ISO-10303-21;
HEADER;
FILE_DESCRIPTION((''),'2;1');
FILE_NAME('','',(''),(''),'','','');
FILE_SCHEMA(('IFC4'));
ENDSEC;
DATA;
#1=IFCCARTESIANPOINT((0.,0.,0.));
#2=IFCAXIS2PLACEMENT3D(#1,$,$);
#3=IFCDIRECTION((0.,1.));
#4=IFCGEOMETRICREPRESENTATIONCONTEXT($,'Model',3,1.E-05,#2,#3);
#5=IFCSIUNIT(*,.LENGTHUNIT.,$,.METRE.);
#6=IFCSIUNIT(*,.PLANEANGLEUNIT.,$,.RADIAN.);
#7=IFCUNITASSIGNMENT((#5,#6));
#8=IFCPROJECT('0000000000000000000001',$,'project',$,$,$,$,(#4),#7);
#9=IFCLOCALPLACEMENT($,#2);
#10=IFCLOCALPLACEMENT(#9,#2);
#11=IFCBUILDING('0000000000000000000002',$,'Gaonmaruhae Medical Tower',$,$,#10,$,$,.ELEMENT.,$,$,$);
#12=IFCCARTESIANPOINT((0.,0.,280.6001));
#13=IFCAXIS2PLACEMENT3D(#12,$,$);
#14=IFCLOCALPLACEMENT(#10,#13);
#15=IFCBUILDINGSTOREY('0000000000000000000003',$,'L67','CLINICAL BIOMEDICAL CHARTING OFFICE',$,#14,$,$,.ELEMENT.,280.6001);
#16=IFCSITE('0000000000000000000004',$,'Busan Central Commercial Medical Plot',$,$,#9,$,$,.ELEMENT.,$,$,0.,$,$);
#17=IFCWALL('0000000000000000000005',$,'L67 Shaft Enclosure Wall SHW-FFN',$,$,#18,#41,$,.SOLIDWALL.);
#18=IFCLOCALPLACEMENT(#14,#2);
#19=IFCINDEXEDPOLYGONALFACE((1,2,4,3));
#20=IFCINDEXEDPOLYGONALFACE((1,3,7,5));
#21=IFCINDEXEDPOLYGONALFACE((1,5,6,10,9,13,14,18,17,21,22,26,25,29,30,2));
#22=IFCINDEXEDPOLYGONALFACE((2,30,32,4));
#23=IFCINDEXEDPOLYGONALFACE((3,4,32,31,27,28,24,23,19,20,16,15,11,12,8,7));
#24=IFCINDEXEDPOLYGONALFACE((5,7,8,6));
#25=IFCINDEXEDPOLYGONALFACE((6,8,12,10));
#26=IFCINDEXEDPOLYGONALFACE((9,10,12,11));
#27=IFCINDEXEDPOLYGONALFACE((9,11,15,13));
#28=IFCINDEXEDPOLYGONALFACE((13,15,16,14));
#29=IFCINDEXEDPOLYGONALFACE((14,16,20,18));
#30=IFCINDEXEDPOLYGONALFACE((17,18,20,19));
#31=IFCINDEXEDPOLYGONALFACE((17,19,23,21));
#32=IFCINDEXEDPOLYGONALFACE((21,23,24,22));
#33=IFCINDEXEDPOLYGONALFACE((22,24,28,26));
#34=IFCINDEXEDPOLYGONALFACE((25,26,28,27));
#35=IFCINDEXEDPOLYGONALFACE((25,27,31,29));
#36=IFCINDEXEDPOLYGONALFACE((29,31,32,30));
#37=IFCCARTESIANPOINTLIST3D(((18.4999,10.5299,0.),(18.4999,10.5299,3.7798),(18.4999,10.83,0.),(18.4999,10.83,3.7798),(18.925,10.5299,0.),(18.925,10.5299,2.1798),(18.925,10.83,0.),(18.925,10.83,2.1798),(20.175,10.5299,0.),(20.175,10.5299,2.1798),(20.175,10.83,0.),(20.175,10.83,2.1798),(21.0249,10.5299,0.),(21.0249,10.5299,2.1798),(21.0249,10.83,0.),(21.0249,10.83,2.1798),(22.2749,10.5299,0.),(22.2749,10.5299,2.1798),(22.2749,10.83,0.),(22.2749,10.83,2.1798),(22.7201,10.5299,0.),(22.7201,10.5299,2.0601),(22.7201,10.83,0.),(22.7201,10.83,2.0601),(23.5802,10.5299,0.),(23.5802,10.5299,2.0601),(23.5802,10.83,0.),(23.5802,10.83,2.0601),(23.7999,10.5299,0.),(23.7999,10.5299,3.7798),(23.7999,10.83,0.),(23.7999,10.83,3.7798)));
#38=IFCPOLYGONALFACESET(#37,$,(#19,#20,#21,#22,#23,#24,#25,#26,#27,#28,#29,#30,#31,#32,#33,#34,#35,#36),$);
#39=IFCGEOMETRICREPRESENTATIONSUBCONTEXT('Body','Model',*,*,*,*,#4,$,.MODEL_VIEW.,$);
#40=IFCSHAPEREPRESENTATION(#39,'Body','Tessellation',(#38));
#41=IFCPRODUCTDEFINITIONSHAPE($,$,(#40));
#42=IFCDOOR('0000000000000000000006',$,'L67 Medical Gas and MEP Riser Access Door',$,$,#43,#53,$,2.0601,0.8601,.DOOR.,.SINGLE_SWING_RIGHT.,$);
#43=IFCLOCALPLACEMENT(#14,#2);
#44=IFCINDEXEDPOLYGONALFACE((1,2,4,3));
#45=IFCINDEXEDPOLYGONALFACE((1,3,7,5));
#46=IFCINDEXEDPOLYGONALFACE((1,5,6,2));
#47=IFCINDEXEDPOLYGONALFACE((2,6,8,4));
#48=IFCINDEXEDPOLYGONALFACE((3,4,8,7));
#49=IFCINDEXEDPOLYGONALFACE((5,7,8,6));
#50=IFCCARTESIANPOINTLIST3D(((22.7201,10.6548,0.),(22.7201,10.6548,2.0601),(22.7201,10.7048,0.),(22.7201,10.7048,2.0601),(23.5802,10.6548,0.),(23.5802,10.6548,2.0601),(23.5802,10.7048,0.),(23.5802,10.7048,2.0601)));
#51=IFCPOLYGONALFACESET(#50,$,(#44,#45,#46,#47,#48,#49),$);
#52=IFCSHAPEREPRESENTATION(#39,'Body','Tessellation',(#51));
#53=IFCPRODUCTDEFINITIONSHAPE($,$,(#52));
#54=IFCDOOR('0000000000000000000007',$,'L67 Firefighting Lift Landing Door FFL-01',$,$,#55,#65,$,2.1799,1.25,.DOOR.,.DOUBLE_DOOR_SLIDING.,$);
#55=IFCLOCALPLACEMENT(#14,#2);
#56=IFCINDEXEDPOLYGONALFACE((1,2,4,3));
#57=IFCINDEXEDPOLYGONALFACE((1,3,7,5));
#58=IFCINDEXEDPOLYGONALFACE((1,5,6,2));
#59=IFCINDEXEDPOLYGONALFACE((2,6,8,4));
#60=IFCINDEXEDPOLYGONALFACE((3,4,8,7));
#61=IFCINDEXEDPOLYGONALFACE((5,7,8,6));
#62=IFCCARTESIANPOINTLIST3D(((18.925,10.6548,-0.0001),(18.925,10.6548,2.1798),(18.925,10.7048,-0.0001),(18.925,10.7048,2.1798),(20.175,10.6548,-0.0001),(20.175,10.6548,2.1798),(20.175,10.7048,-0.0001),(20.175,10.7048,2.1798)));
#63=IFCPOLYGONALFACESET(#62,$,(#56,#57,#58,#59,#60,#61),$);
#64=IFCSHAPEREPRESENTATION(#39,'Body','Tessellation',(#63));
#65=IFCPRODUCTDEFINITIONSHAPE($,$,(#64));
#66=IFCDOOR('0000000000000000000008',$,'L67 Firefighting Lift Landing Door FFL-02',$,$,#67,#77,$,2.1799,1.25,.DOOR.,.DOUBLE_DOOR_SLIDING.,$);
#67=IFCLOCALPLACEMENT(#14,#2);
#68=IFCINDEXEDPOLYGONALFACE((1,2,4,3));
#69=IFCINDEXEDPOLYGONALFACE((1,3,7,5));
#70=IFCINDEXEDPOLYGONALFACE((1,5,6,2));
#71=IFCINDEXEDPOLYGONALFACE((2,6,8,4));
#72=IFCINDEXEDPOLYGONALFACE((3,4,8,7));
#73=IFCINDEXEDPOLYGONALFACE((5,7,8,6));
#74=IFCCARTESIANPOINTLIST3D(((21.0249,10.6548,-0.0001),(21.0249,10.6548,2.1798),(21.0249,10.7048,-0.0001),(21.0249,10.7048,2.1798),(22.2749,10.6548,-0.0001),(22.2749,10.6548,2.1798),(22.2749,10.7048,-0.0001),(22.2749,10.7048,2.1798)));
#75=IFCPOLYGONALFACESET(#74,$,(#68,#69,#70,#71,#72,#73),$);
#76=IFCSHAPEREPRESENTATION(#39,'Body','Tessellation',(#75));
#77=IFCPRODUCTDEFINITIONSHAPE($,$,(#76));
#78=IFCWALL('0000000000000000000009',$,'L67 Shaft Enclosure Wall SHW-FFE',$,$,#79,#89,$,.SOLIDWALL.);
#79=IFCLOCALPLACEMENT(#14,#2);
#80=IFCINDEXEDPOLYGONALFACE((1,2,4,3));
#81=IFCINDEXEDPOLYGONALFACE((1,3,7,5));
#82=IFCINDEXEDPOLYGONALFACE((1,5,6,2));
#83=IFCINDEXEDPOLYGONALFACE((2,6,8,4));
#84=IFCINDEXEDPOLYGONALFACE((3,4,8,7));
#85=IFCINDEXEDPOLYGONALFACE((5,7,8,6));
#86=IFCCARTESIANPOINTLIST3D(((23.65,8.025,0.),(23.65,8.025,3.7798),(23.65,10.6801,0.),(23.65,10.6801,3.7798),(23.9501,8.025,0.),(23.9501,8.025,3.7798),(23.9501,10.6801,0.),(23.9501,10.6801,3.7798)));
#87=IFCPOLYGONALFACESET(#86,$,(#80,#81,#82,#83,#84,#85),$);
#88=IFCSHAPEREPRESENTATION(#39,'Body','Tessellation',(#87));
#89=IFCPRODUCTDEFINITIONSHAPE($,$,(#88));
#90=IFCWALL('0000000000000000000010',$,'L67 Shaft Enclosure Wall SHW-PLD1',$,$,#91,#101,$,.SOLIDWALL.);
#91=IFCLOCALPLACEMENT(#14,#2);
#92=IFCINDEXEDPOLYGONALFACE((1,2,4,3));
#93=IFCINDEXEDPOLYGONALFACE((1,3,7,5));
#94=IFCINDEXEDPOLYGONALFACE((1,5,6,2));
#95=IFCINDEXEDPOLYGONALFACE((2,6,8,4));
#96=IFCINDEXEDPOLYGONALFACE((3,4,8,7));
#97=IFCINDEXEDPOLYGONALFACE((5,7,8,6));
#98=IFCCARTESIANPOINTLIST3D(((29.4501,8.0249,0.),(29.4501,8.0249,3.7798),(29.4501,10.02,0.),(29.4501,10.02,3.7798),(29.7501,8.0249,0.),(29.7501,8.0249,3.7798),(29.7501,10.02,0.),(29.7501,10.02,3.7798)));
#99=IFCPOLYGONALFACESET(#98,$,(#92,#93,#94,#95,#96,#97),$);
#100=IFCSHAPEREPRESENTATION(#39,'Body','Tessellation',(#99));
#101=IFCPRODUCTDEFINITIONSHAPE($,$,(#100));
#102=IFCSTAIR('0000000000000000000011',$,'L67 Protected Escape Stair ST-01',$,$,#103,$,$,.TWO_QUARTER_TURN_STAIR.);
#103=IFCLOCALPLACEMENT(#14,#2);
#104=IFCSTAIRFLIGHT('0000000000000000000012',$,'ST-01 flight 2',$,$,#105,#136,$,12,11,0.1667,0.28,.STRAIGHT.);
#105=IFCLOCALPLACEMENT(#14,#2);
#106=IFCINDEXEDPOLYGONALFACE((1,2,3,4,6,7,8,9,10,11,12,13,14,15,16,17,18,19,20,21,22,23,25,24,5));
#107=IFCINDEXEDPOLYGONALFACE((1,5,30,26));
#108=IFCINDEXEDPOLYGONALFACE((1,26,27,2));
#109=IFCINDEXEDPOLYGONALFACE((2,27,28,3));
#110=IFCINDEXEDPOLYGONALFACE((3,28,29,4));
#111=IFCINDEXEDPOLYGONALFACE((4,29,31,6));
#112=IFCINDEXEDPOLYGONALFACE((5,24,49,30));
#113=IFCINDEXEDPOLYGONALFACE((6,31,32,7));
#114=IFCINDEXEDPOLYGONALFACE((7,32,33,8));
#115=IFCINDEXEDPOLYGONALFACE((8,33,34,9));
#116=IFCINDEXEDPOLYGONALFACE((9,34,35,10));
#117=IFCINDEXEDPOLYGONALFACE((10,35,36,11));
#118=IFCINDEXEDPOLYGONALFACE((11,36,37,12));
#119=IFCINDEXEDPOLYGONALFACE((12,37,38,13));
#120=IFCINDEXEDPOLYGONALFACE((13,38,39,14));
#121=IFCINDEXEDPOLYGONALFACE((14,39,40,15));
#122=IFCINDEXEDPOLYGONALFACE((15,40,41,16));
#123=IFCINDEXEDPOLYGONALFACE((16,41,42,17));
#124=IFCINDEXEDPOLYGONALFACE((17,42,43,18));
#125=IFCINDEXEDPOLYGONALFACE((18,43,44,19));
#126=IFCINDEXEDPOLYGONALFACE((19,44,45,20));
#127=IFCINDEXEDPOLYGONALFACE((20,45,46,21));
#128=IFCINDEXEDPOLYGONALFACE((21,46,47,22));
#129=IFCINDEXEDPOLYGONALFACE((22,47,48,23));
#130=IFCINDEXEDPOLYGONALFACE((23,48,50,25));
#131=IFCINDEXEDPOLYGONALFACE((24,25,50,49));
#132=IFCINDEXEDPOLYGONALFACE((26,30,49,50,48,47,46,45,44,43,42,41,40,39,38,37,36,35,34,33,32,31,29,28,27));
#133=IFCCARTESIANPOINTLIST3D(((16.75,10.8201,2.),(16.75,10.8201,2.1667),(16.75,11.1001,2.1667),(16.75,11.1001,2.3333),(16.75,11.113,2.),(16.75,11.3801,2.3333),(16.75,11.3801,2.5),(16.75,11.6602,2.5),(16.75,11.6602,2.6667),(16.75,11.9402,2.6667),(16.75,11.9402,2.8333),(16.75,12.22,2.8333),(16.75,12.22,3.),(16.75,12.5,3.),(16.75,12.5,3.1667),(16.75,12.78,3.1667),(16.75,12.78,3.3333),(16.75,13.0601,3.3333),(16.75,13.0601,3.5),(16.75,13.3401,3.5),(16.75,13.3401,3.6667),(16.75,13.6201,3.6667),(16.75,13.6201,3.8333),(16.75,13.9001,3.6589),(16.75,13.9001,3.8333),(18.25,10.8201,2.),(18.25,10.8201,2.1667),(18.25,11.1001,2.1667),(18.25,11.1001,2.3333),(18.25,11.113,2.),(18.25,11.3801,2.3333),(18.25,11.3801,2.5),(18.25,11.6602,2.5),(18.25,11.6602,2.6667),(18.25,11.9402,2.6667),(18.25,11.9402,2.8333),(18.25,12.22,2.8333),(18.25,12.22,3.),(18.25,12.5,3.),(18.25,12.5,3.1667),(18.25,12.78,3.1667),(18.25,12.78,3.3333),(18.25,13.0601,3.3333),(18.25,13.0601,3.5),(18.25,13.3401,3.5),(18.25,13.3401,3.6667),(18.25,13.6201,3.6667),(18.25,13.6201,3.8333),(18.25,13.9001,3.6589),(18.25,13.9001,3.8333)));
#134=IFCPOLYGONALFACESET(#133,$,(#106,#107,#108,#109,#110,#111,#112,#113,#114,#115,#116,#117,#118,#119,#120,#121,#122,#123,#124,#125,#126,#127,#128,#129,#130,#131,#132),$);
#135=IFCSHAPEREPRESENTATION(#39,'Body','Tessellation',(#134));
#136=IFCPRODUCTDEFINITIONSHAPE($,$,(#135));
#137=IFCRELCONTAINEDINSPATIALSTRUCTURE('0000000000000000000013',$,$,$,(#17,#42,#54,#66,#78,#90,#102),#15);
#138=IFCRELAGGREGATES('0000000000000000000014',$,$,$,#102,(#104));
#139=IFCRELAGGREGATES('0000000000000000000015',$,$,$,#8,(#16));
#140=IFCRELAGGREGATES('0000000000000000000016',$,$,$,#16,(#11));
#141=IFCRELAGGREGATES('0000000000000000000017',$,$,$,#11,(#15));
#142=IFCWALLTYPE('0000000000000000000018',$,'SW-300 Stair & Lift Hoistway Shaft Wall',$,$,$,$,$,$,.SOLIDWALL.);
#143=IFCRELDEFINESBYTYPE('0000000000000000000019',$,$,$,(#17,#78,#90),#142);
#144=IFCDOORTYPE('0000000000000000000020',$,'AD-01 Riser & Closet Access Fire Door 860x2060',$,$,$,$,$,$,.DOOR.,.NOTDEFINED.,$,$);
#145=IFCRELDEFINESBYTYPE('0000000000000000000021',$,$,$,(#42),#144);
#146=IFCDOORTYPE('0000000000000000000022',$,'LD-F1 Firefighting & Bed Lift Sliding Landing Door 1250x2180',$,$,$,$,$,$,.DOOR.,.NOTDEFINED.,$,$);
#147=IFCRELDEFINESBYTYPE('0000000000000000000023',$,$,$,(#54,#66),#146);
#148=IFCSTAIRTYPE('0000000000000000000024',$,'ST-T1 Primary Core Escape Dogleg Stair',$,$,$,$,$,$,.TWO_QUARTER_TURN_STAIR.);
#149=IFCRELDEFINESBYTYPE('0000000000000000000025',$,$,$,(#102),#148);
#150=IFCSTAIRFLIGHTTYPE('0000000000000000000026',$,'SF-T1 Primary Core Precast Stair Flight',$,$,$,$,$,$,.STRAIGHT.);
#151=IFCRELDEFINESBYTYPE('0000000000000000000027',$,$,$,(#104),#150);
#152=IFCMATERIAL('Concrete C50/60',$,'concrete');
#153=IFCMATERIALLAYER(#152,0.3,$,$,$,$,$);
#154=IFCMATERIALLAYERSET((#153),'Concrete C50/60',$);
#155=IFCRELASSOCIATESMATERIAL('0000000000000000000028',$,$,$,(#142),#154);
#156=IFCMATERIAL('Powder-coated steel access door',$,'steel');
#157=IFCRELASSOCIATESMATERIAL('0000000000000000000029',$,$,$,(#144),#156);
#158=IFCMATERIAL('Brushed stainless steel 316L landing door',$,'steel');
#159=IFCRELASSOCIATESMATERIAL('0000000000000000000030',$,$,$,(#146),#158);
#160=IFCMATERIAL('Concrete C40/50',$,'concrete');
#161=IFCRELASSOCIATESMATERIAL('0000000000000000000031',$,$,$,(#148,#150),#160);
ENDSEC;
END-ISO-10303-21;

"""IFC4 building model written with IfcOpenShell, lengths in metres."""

from ifc_helpers import new_model, si_unit, direction, frame, frame_2d, origin, place, context, subcontext, project, spatial, polyline, rectangle, outline, extrude, material, layer, layer_set, type_object, element, fill, aggregate, save


model = new_model("IFC4")

# Units and contexts
model_context = context("Model", 3, precision=1e-05, world=origin(), true_north=direction((0.0, 1.0)))
body_context = subcontext(model_context, "Body", "Model", "MODEL_VIEW")
ifc_project = project(units=[si_unit("LENGTHUNIT", "METRE"), si_unit("PLANEANGLEUNIT", "RADIAN")], contexts=[model_context])

# Site, building, storey
site_placement = place(None, origin())
site = spatial("IfcSite", under=ifc_project, at=site_placement, Name="Busan Central Commercial Medical Plot", CompositionType="ELEMENT", RefElevation=0.0)
building_placement = place(site_placement, origin())
building = spatial("IfcBuilding", under=site, at=building_placement, Name="Gaonmaruhae Medical Tower", CompositionType="ELEMENT")
storey_placement = place(building_placement, frame((0.0, 0.0, 280.6001)))
storey = spatial("IfcBuildingStorey", under=building, at=storey_placement, Name="L67", Description="CLINICAL BIOMEDICAL CHARTING OFFICE", CompositionType="ELEMENT", Elevation=280.6001)

# Shared definitions
ifc_material_1 = material(Name="Concrete C50/60", Category="concrete")

# Wall, openings, doors
ifc_layer_1 = layer(ifc_material_1, 0.3)
ifc_layer_set_1 = layer_set([ifc_layer_1], Name="Concrete C50/60")
wall_type_1 = type_object("IfcWallType", Name="SW-300 Stair & Lift Hoistway Shaft Wall", PredefinedType="SOLIDWALL", material=ifc_layer_set_1)
wall_1_placement = place(storey_placement, frame((18.5, 10.6799, 0.0), z_axis=(0.0, 0.0, 1.0), x_axis=(1.0, 0.0, 0.0)))
wall_1 = element("IfcWall", 1, at=wall_1_placement, inside=storey, type_object=wall_type_1, Name="L67 Shaft Enclosure Wall SHW-FFN", PredefinedType="SOLIDWALL", context=body_context, shape_type="SweptSolid", body=[
    extrude(rectangle(XDim=5.3, YDim=0.3, at=frame_2d((2.6499, 0.0))), origin(), (0.0, 0.0, 1.0), 3.7798),
])
opening_1_placement = place(wall_1_placement, frame((4.22, 0.0, 0.0)))
opening_1 = element("IfcOpeningElement", 2, at=opening_1_placement, cuts=wall_1, PredefinedType="OPENING", context=body_context, shape_type="SweptSolid", body=[
    extrude(rectangle(XDim=0.8601, YDim=2.0601, at=frame_2d((0.4302, 1.03))), frame((0.0, 0.1602, 0.0), z_axis=(0.0, -1.0, 0.0), x_axis=(1.0, 0.0, 0.0)), (0.0, 0.0, 1.0), 0.3201),
])
opening_2_placement = place(wall_1_placement, frame((0.425, 0.0, 0.0)))
opening_2 = element("IfcOpeningElement", 3, at=opening_2_placement, cuts=wall_1, PredefinedType="OPENING", context=body_context, shape_type="SweptSolid", body=[
    extrude(rectangle(XDim=1.25, YDim=2.1799, at=frame_2d((0.625, 1.0898))), frame((0.0, 0.1602, 0.0), z_axis=(0.0, -1.0, 0.0), x_axis=(1.0, 0.0, 0.0)), (0.0, 0.0, 1.0), 0.3201),
])
opening_3_placement = place(wall_1_placement, frame((2.5249, 0.0, 0.0)))
opening_3 = element("IfcOpeningElement", 4, at=opening_3_placement, cuts=wall_1, PredefinedType="OPENING", context=body_context, shape_type="SweptSolid", body=[
    extrude(rectangle(XDim=1.25, YDim=2.1799, at=frame_2d((0.625, 1.0898))), frame((0.0, 0.1602, 0.0), z_axis=(0.0, -1.0, 0.0), x_axis=(1.0, 0.0, 0.0)), (0.0, 0.0, 1.0), 0.3201),
])
ifc_material_2 = material(Name="Powder-coated steel access door", Category="steel")
door_type_1 = type_object("IfcDoorType", Name="AD-01 Riser & Closet Access Fire Door 860x2060", OperationType="NOTDEFINED", PredefinedType="DOOR", material=ifc_material_2)
door_1_placement = place(opening_1_placement, origin())
door_1 = element("IfcDoor", 5, at=door_1_placement, inside=storey, type_object=door_type_1, Name="L67 Medical Gas and MEP Riser Access Door", OperationType="SINGLE_SWING_RIGHT", OverallHeight=2.0601, OverallWidth=0.8601, PredefinedType="DOOR", context=body_context, shape_type="SweptSolid", body=[
    extrude(rectangle(XDim=0.8601, YDim=2.0601, at=frame_2d((0.4302, 1.03))), frame((0.0, 0.0249, 0.0), z_axis=(0.0, -1.0, 0.0), x_axis=(1.0, 0.0, 0.0)), (0.0, 0.0, 1.0), 0.05),
])
fill(opening_1, door_1)
ifc_material_3 = material(Name="Brushed stainless steel 316L landing door", Category="steel")
door_type_2 = type_object("IfcDoorType", Name="LD-F1 Firefighting & Bed Lift Sliding Landing Door 1250x2180", OperationType="NOTDEFINED", PredefinedType="DOOR", material=ifc_material_3)
door_2_placement = place(opening_2_placement, origin())
door_2 = element("IfcDoor", 6, at=door_2_placement, inside=storey, type_object=door_type_2, Name="L67 Firefighting Lift Landing Door FFL-01", OperationType="DOUBLE_DOOR_SLIDING", OverallHeight=2.1799, OverallWidth=1.25, PredefinedType="DOOR", context=body_context, shape_type="SweptSolid", body=[
    extrude(rectangle(XDim=1.25, YDim=2.1799, at=frame_2d((0.625, 1.0898))), frame((0.0, 0.0249, 0.0), z_axis=(0.0, -1.0, 0.0), x_axis=(1.0, 0.0, 0.0)), (0.0, 0.0, 1.0), 0.05),
])
fill(opening_2, door_2)
door_3_placement = place(opening_3_placement, origin())
door_3 = element("IfcDoor", 7, at=door_3_placement, inside=storey, type_object=door_type_2, Name="L67 Firefighting Lift Landing Door FFL-02", OperationType="DOUBLE_DOOR_SLIDING", OverallHeight=2.1799, OverallWidth=1.25, PredefinedType="DOOR", context=body_context, shape_type="SweptSolid", body=[
    extrude(rectangle(XDim=1.25, YDim=2.1799, at=frame_2d((0.625, 1.0898))), frame((0.0, 0.0249, 0.0), z_axis=(0.0, -1.0, 0.0), x_axis=(1.0, 0.0, 0.0)), (0.0, 0.0, 1.0), 0.05),
])
fill(opening_3, door_3)

# Wall
wall_2_placement = place(storey_placement, frame((23.8, 8.0249, 0.0), z_axis=(0.0, 0.0, 1.0), x_axis=(0.0, 1.0, 0.0)))
element("IfcWall", 8, at=wall_2_placement, inside=storey, type_object=wall_type_1, Name="L67 Shaft Enclosure Wall SHW-FFE", PredefinedType="SOLIDWALL", context=body_context, shape_type="SweptSolid", body=[
    extrude(rectangle(XDim=2.655, YDim=0.3, at=frame_2d((1.3276, 0.0))), origin(), (0.0, 0.0, 1.0), 3.7798),
])

# Wall
wall_3_placement = place(storey_placement, frame((29.6001, 8.0249, 0.0), z_axis=(0.0, 0.0, 1.0), x_axis=(0.0, 1.0, 0.0)))
element("IfcWall", 9, at=wall_3_placement, inside=storey, type_object=wall_type_1, Name="L67 Shaft Enclosure Wall SHW-PLD1", PredefinedType="SOLIDWALL", context=body_context, shape_type="SweptSolid", body=[
    extrude(rectangle(XDim=1.9951, YDim=0.3, at=frame_2d((0.9976, 0.0))), origin(), (0.0, 0.0, 1.0), 3.7798),
])

# Stair, stair flight
ifc_material_4 = material(Name="Concrete C40/50", Category="concrete")
stair_type = type_object("IfcStairType", Name="ST-T1 Primary Core Escape Dogleg Stair", PredefinedType="TWO_QUARTER_TURN_STAIR", material=ifc_material_4)
stair_placement = place(storey_placement, origin())
stair = element("IfcStair", 10, at=stair_placement, inside=storey, type_object=stair_type, Name="L67 Protected Escape Stair ST-01", PredefinedType="TWO_QUARTER_TURN_STAIR")
stair_flight_type = type_object("IfcStairFlightType", Name="SF-T1 Primary Core Precast Stair Flight", PredefinedType="STRAIGHT", material=ifc_material_4)
stair_flight_placement = place(storey_placement, frame((17.5, 10.8201, 2.0), z_axis=(0.0, 0.0, 1.0), x_axis=(0.0, 1.0, 0.0)))
stair_flight = element("IfcStairFlight", 11, at=stair_flight_placement, type_object=stair_flight_type, Name="ST-01 flight 2", NumberOfRisers=12, NumberOfTreads=11, PredefinedType="STRAIGHT", RiserHeight=0.1667, TreadLength=0.28, context=body_context, shape_type="SweptSolid", body=[
    extrude(outline(polyline([(0.0, 0.0), (0.0, 0.1667), (0.28, 0.1667), (0.28, 0.3333), (0.5601, 0.3333), (0.5601, 0.5), (0.8401, 0.5), (0.8401, 0.6667), (1.1201, 0.6667), (1.1201, 0.8333), (1.3999, 0.8333), (1.3999, 1.0), (1.6799, 1.0), (1.6799, 1.1667), (1.96, 1.1667), (1.96, 1.3333), (2.24, 1.3333), (2.24, 1.5), (2.52, 1.5), (2.52, 1.6667), (2.8, 1.6667), (2.8, 1.8333), (3.0801, 1.8333), (3.0801, 2.0), (3.0801, 1.6589), (0.293, 0.0), (0.0, 0.0)])), frame((0.0, 0.75, 0.0), z_axis=(0.0, -1.0, 0.0), x_axis=(1.0, 0.0, 0.0)), (0.0, 0.0, 1.0), 1.5),
])
aggregate(stair, [stair_flight])

save(model, "model.ifc")
